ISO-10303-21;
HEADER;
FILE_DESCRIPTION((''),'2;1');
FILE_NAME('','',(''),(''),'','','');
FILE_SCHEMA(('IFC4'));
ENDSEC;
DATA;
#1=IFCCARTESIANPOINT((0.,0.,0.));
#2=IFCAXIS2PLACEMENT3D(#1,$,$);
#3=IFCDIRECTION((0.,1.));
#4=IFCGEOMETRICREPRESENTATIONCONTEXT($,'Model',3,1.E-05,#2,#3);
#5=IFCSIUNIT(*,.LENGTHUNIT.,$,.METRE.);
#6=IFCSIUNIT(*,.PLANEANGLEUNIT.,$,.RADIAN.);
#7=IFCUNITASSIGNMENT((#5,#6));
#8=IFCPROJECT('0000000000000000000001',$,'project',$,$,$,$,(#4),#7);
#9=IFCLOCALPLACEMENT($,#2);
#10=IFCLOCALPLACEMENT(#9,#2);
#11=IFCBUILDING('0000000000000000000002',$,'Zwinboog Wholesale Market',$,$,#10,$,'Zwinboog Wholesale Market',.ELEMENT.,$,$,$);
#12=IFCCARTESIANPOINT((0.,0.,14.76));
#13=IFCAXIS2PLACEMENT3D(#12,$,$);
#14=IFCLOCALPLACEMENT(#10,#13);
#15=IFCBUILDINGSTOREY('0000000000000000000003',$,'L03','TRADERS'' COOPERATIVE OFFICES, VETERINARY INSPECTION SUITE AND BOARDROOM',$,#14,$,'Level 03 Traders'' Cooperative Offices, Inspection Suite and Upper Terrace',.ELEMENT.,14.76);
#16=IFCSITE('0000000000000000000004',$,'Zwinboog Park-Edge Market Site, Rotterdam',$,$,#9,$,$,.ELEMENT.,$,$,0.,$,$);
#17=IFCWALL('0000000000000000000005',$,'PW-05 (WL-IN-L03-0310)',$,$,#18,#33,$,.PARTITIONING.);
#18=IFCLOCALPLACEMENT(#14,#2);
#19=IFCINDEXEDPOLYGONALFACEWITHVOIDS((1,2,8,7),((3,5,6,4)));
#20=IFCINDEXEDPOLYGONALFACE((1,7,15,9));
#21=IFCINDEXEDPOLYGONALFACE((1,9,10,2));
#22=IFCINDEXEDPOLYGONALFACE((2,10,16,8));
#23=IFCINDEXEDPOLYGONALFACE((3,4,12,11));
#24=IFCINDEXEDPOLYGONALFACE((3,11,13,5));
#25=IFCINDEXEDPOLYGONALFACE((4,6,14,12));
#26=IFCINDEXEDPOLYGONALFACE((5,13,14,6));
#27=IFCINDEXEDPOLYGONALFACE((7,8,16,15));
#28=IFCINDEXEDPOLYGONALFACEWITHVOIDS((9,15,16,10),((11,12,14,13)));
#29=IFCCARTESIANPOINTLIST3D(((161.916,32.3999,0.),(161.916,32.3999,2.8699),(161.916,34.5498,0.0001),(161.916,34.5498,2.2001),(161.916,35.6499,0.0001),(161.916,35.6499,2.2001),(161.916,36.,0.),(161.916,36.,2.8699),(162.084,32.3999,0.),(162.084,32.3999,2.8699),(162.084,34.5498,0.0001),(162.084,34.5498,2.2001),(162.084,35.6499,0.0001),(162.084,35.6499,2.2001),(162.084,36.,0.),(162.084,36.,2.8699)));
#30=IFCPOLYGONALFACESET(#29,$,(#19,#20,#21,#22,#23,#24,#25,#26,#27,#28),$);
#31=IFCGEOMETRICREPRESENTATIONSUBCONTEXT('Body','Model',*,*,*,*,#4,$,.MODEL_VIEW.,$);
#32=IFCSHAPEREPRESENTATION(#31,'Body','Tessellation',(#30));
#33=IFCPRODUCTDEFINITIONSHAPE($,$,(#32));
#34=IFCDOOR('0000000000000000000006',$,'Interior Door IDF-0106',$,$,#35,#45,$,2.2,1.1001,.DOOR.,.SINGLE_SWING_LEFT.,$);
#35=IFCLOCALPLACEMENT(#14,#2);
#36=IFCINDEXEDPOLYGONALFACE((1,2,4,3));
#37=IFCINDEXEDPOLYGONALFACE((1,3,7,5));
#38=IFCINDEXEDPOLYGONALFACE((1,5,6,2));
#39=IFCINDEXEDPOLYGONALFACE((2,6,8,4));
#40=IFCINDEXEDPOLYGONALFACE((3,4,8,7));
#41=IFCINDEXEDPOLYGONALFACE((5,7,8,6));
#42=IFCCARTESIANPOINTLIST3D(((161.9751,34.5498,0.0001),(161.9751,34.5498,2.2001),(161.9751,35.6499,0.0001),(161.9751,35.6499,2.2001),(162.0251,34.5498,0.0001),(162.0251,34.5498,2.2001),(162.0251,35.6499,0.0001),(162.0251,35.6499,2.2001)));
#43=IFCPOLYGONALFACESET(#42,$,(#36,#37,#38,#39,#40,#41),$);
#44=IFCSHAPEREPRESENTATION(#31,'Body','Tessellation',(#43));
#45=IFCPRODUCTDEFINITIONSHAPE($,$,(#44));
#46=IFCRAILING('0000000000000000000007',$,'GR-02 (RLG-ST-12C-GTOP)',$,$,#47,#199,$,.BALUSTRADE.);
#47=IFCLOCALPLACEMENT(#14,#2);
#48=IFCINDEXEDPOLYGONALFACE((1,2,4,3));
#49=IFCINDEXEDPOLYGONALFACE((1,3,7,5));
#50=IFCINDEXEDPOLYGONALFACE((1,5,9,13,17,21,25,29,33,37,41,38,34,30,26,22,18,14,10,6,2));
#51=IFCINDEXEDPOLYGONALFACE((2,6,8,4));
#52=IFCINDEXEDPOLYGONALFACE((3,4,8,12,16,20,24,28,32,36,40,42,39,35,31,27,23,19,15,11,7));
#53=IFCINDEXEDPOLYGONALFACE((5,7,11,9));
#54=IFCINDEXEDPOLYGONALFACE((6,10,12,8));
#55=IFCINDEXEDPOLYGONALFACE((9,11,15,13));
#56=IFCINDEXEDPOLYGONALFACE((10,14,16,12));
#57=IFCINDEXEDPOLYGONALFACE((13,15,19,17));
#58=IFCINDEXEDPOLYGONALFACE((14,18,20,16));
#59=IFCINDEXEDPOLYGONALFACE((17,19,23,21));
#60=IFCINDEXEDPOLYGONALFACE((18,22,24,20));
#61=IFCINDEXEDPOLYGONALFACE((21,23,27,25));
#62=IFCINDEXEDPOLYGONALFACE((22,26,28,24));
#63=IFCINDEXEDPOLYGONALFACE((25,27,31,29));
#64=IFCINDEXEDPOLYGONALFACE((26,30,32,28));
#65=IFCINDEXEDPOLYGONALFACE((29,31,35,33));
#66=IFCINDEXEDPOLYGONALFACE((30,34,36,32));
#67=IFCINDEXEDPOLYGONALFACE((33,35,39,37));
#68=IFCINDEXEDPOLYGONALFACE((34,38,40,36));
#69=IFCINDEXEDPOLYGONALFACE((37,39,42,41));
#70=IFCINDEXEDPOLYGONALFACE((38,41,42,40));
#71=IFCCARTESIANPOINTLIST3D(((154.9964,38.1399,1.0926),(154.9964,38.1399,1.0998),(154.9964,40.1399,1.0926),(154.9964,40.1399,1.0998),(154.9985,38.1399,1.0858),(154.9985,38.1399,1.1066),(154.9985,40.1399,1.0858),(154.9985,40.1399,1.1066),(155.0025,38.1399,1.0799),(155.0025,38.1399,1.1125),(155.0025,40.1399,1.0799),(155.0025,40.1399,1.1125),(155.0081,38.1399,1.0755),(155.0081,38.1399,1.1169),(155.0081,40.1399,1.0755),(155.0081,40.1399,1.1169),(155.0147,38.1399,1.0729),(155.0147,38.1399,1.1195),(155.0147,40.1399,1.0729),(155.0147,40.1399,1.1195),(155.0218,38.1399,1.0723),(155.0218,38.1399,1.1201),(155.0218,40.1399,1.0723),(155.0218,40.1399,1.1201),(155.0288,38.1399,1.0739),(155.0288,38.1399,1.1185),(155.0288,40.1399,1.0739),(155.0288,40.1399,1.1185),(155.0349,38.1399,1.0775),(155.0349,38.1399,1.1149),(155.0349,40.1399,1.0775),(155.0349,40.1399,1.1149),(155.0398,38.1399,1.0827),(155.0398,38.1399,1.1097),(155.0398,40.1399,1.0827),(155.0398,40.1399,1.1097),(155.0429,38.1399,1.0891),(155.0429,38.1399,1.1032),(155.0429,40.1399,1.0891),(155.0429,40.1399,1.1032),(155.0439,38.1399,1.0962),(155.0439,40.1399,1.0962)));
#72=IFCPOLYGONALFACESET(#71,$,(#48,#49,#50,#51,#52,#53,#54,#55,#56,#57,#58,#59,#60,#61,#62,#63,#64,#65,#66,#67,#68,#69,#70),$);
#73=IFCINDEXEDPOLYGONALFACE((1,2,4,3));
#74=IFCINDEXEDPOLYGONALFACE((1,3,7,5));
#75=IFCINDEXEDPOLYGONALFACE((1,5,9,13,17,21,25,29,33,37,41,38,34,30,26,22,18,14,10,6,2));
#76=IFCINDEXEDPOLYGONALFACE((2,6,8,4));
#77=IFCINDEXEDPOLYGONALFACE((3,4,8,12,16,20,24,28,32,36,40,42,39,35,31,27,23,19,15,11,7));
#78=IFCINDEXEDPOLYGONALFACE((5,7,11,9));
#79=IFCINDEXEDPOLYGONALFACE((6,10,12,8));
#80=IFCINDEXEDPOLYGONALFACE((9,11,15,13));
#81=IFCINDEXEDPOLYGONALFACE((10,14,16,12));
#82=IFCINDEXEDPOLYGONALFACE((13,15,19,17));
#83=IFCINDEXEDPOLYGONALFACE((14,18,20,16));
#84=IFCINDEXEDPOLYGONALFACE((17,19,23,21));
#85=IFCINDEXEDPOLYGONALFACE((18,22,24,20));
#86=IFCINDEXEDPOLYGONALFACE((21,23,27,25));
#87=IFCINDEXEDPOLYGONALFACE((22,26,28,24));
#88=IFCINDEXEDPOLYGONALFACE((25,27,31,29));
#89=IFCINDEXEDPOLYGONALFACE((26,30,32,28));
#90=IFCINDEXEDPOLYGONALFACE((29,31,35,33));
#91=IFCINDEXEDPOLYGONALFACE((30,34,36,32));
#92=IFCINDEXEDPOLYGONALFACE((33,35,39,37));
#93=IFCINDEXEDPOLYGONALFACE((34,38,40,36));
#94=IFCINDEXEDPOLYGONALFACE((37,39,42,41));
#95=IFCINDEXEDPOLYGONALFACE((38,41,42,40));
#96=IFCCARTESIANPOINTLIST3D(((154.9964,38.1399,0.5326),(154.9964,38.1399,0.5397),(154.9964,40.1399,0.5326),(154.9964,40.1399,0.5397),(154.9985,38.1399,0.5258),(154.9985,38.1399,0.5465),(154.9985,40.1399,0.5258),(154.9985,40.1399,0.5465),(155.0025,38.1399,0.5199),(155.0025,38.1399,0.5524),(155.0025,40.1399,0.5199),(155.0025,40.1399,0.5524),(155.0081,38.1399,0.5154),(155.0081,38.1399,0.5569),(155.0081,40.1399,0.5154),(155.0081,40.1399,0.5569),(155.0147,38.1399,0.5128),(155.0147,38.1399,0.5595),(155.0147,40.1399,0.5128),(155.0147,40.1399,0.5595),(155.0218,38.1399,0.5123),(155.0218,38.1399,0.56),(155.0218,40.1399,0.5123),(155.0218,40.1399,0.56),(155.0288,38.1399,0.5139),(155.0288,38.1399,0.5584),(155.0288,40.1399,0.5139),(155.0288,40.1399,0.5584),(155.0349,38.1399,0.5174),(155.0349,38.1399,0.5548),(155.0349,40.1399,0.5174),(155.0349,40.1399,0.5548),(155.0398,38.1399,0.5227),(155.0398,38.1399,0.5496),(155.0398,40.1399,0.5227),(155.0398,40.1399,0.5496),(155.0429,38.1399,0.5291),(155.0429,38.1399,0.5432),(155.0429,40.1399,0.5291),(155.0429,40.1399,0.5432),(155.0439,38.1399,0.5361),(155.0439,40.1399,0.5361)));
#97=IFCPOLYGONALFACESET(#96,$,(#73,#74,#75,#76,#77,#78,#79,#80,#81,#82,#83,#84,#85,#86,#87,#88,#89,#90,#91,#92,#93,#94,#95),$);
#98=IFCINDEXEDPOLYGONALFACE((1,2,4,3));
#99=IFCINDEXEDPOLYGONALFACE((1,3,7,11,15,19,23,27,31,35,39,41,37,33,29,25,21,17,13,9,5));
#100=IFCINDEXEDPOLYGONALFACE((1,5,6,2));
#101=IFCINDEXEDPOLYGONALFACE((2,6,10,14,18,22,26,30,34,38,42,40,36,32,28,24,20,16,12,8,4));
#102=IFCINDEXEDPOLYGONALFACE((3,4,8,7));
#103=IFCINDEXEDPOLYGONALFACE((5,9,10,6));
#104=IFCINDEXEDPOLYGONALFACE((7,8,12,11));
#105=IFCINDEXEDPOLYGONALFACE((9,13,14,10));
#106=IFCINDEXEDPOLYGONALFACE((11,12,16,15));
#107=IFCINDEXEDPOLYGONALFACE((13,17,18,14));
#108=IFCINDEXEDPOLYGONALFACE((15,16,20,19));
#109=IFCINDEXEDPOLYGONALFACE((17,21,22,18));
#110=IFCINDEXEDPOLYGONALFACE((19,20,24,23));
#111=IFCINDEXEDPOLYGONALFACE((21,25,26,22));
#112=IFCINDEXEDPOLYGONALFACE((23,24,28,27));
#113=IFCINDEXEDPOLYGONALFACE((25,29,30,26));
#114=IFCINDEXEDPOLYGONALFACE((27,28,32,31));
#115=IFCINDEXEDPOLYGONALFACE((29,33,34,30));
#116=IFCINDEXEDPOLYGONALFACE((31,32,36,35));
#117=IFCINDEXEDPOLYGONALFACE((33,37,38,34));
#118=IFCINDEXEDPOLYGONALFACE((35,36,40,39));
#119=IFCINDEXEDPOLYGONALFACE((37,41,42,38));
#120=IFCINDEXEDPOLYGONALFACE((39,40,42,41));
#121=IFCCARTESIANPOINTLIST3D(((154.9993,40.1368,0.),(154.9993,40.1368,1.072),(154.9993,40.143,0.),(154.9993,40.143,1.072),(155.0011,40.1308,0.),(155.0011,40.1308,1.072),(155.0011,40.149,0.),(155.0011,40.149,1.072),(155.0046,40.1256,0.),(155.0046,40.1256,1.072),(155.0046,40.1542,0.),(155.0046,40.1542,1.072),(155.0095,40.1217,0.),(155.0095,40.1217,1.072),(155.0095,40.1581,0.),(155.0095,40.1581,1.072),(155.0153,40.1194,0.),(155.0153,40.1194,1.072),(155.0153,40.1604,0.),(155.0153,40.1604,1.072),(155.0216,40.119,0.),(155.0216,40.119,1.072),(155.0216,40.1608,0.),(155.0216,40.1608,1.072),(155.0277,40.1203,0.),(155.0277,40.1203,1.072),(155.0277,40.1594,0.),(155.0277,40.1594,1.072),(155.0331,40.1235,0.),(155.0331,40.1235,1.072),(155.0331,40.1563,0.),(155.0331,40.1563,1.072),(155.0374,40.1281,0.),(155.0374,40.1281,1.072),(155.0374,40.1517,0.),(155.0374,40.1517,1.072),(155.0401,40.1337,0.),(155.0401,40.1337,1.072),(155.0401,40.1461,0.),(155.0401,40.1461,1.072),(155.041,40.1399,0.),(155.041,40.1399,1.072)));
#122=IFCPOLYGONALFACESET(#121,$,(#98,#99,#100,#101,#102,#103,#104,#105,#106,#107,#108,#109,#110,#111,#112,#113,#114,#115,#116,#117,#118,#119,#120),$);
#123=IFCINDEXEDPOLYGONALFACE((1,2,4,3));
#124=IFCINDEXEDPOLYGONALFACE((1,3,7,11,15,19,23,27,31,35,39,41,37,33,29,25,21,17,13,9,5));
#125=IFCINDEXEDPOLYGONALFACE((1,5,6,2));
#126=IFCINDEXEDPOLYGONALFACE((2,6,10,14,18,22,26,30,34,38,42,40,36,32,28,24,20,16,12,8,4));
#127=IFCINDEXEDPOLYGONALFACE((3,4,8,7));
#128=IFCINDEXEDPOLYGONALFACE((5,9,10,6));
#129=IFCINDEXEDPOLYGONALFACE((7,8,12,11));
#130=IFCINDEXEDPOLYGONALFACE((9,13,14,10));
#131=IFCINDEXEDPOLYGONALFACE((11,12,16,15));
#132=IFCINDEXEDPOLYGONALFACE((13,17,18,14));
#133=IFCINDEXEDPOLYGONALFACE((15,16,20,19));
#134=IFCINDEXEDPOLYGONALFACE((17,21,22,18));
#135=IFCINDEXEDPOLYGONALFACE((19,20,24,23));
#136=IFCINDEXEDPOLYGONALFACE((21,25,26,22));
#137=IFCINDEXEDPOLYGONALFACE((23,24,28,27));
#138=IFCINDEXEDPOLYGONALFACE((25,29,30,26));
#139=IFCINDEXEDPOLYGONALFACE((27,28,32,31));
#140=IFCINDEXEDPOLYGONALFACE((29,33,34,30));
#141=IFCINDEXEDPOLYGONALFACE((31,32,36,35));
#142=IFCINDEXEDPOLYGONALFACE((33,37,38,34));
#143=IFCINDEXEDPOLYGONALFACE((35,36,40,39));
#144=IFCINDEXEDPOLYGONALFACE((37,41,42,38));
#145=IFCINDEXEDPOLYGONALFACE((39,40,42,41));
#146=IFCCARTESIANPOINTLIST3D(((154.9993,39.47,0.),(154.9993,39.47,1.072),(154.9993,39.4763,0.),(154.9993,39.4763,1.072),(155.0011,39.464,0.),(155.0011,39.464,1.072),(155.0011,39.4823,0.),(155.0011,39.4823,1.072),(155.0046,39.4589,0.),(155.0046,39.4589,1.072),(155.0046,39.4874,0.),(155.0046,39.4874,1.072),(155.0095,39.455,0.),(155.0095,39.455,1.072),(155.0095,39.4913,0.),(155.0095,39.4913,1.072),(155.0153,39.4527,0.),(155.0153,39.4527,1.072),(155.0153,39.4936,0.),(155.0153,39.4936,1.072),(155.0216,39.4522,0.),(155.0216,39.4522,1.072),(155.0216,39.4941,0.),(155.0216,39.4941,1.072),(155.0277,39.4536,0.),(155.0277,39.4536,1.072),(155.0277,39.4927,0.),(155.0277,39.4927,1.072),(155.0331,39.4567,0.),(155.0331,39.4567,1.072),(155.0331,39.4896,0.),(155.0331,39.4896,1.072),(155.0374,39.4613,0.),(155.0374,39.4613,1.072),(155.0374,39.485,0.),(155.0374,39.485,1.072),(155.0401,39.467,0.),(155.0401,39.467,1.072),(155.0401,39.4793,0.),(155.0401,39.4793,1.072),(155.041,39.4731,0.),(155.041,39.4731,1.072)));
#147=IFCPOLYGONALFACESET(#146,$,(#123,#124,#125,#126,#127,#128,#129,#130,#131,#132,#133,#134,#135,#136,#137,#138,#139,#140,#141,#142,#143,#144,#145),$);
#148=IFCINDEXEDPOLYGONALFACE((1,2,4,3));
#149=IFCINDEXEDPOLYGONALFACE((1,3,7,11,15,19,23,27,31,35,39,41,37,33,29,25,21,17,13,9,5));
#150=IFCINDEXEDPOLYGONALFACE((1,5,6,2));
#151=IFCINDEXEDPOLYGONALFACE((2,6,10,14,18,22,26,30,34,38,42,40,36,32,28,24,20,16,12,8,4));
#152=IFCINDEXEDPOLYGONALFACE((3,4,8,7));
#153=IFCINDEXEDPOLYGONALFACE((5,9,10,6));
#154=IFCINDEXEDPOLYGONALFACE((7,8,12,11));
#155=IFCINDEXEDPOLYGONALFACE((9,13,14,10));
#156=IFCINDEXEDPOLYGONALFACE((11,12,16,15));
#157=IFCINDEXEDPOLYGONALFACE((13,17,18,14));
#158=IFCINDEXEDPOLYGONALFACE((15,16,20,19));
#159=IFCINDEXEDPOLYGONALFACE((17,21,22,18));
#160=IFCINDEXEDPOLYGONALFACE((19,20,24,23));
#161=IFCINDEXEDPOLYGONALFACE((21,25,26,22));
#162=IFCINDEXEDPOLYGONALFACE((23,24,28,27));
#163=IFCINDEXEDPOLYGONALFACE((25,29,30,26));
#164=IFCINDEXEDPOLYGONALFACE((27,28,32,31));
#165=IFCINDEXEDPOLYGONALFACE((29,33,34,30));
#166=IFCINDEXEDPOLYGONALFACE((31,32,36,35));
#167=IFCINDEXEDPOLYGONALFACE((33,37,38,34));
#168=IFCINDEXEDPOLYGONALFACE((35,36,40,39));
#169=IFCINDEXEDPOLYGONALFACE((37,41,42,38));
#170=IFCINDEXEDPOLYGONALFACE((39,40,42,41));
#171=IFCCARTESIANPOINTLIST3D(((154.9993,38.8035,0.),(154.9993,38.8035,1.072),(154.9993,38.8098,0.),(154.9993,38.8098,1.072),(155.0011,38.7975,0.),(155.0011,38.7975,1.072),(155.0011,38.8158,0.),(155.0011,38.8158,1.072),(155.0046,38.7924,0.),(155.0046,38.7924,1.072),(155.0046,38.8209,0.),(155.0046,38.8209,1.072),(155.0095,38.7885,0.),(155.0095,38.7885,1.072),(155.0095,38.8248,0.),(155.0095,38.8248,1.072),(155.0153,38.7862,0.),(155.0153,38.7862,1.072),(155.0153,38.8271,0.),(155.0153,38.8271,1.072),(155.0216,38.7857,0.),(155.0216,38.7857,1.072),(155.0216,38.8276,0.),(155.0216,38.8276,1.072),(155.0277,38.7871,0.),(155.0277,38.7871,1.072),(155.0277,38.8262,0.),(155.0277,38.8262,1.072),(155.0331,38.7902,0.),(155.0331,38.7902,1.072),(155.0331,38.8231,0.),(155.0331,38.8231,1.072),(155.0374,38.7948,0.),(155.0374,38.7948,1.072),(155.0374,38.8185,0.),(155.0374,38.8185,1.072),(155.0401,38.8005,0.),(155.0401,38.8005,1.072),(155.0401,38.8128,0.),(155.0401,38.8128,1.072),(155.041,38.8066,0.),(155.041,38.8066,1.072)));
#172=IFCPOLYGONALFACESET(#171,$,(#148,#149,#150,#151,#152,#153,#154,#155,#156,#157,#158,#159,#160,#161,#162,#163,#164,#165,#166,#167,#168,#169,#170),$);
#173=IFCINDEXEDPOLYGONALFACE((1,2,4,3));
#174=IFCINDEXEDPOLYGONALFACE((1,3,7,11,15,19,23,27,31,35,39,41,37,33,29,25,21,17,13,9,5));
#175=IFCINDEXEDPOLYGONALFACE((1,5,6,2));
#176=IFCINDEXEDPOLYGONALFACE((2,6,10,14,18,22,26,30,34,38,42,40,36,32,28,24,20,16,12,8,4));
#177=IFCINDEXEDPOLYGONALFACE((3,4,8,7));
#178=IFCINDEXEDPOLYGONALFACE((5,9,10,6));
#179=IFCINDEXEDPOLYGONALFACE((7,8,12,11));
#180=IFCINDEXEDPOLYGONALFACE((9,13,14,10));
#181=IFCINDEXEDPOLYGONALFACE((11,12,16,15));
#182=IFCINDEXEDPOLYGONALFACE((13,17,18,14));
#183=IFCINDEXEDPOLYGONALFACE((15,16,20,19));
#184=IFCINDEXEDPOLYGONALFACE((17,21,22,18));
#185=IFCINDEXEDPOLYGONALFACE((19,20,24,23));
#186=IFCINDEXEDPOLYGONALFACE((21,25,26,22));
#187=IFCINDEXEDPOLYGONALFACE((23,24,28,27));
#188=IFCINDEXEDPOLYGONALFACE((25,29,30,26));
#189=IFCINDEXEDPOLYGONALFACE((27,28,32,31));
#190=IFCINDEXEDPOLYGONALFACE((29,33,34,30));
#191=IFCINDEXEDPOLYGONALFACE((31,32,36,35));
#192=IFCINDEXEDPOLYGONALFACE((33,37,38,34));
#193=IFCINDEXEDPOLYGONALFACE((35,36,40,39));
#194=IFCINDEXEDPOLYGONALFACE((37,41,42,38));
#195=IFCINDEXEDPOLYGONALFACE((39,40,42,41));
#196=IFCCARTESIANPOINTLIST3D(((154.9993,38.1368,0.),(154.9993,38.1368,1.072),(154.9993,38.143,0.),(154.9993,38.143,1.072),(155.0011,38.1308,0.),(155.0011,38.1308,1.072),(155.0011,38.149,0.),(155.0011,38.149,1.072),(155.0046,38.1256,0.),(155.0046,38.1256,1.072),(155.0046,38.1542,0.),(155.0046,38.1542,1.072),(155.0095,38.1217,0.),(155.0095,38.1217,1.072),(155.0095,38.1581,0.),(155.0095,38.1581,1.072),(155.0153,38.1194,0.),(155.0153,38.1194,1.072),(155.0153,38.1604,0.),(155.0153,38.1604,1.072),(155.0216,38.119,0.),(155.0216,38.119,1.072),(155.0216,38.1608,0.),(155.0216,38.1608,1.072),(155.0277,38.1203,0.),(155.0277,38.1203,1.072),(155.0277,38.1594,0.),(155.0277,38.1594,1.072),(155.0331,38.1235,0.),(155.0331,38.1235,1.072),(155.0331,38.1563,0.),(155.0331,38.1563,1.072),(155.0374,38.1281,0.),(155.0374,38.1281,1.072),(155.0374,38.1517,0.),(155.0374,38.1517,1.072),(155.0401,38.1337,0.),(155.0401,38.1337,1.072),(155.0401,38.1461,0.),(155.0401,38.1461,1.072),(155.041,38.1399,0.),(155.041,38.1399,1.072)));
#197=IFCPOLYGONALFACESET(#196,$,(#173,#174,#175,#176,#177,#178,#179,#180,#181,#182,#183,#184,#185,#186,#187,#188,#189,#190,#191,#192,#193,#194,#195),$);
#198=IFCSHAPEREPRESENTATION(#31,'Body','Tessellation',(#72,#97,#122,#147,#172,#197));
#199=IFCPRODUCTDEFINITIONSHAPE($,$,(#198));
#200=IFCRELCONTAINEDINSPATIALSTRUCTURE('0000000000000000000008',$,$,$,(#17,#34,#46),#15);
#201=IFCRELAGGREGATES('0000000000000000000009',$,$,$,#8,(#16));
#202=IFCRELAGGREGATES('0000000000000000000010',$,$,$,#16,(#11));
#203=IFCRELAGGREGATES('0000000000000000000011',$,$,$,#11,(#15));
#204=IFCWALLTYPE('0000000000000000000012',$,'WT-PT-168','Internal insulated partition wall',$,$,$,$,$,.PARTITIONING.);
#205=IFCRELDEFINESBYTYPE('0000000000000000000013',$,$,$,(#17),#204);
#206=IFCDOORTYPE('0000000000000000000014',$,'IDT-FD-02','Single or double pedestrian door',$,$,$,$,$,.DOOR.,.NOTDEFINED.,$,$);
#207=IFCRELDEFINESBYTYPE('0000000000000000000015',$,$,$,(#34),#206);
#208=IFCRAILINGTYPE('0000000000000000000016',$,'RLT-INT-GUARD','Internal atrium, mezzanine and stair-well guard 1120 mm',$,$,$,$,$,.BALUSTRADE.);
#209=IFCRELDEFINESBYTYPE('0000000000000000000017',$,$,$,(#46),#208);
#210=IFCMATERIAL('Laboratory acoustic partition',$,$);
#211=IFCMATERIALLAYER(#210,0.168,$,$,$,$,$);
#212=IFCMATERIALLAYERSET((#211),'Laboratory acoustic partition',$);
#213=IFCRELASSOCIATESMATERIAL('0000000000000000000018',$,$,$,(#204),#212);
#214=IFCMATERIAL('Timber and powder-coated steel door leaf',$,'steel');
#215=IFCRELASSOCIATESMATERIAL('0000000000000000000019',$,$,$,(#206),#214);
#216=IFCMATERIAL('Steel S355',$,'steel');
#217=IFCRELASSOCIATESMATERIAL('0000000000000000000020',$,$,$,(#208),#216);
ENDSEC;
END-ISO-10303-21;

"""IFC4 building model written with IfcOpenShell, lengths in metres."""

from ifc_helpers import new_model, si_unit, direction, frame, frame_2d, origin, origin_2d, place, context, subcontext, project, spatial, rectangle, circle, extrude, material, layer, layer_set, type_object, element, fill, save


model = new_model("IFC4")

# Units and contexts
model_context = context("Model", 3, precision=1e-05, world=origin(), true_north=direction((0.0, 1.0)))
body_context = subcontext(model_context, "Body", "Model", "MODEL_VIEW")
ifc_project = project(units=[si_unit("LENGTHUNIT", "METRE"), si_unit("PLANEANGLEUNIT", "RADIAN")], contexts=[model_context])

# Site, building, storey
site_placement = place(None, origin())
site = spatial("IfcSite", under=ifc_project, at=site_placement, Name="Zwinboog Park-Edge Market Site, Rotterdam", CompositionType="ELEMENT", RefElevation=0.0)
building_placement = place(site_placement, origin())
building = spatial("IfcBuilding", under=site, at=building_placement, Name="Zwinboog Wholesale Market", LongName="Zwinboog Wholesale Market", CompositionType="ELEMENT")
storey_placement = place(building_placement, frame((0.0, 0.0, 14.76)))
storey = spatial("IfcBuildingStorey", under=building, at=storey_placement, Name="L03", Description="TRADERS' COOPERATIVE OFFICES, VETERINARY INSPECTION SUITE AND BOARDROOM", LongName="Level 03 Traders' Cooperative Offices, Inspection Suite and Upper Terrace", CompositionType="ELEMENT", Elevation=14.76)

# Shared definitions
ifc_material_1 = material(Name="Steel S355", Category="steel")

# Shared definitions
ifc_material_2 = material(Name="Timber and powder-coated steel door leaf", Category="steel")

# Wall, opening, door
ifc_material_3 = material(Name="Laboratory acoustic partition")
ifc_layer_1 = layer(ifc_material_3, 0.168)
ifc_layer_set_1 = layer_set([ifc_layer_1], Name="Laboratory acoustic partition")
wall_type_1 = type_object("IfcWallType", Name="WT-PT-168", Description="Internal insulated partition wall", PredefinedType="PARTITIONING", material=ifc_layer_set_1)
wall_1_placement = place(storey_placement, frame((162.0, 32.3999, 0.0), z_axis=(0.0, 0.0, 1.0), x_axis=(0.0, 1.0, 0.0)))
wall_1 = element("IfcWall", 1, at=wall_1_placement, inside=storey, type_object=wall_type_1, Name="PW-05 (WL-IN-L03-0310)", PredefinedType="PARTITIONING", context=body_context, shape_type="SweptSolid", body=[
    extrude(rectangle(XDim=3.6001, YDim=0.168, at=frame_2d((1.8, 0.0))), origin(), (0.0, 0.0, 1.0), 2.8699),
])
opening_1_placement = place(wall_1_placement, frame((2.1499, 0.0, 0.0)))
opening_1 = element("IfcOpeningElement", 2, at=opening_1_placement, cuts=wall_1, PredefinedType="OPENING", context=body_context, shape_type="SweptSolid", body=[
    extrude(rectangle(XDim=1.1001, YDim=2.2, at=frame_2d((0.55, 1.1001))), frame((0.0, 0.094, 0.0), z_axis=(0.0, -1.0, 0.0), x_axis=(1.0, 0.0, 0.0)), (0.0, 0.0, 1.0), 0.188),
])
door_type_1 = type_object("IfcDoorType", Name="IDT-FD-02", Description="Single or double pedestrian door", OperationType="NOTDEFINED", PredefinedType="DOOR", material=ifc_material_2)
door_1_placement = place(opening_1_placement, origin())
door_1 = element("IfcDoor", 3, at=door_1_placement, inside=storey, type_object=door_type_1, Name="Interior Door IDF-0106", OperationType="SINGLE_SWING_LEFT", OverallHeight=2.2, OverallWidth=1.1001, PredefinedType="DOOR", context=body_context, shape_type="SweptSolid", body=[
    extrude(rectangle(XDim=1.1001, YDim=2.2, at=frame_2d((0.55, 1.1001))), frame((0.0, 0.0249, 0.0), z_axis=(0.0, -1.0, 0.0), x_axis=(1.0, 0.0, 0.0)), (0.0, 0.0, 1.0), 0.05),
])
fill(opening_1, door_1)

# Railing
railing_type = type_object("IfcRailingType", Name="RLT-INT-GUARD", Description="Internal atrium, mezzanine and stair-well guard 1120 mm", PredefinedType="BALUSTRADE", material=ifc_material_1)
railing_placement = place(storey_placement, frame((155.02, 40.1399, 0.0)))
element("IfcRailing", 4, at=railing_placement, inside=storey, type_object=railing_type, Name="GR-02 (RLG-ST-12C-GTOP)", PredefinedType="BALUSTRADE", context=body_context, shape_type="SweptSolid", body=[
    extrude(circle(Radius=0.0239, at=origin_2d()), frame((0.0, 0.0, 1.0962), z_axis=(0.0, -1.0, 0.0), x_axis=(1.0, 0.0, 0.0)), (0.0, 0.0, 1.0), 2.0),
    extrude(circle(Radius=0.0239, at=origin_2d()), frame((0.0, 0.0, 0.5361), z_axis=(0.0, -1.0, 0.0), x_axis=(1.0, 0.0, 0.0)), (0.0, 0.0, 1.0), 2.0),
    extrude(circle(Radius=0.021, at=origin_2d()), origin(), (0.0, 0.0, 1.0), 1.072),
    extrude(circle(Radius=0.021, at=origin_2d()), frame((0.0, -0.6667, 0.0)), (0.0, 0.0, 1.0), 1.072),
    extrude(circle(Radius=0.021, at=origin_2d()), frame((0.0, -1.3333, 0.0)), (0.0, 0.0, 1.0), 1.072),
    extrude(circle(Radius=0.021, at=origin_2d()), frame((0.0, -2.0, 0.0)), (0.0, 0.0, 1.0), 1.072),
])

save(model, "model.ifc")
